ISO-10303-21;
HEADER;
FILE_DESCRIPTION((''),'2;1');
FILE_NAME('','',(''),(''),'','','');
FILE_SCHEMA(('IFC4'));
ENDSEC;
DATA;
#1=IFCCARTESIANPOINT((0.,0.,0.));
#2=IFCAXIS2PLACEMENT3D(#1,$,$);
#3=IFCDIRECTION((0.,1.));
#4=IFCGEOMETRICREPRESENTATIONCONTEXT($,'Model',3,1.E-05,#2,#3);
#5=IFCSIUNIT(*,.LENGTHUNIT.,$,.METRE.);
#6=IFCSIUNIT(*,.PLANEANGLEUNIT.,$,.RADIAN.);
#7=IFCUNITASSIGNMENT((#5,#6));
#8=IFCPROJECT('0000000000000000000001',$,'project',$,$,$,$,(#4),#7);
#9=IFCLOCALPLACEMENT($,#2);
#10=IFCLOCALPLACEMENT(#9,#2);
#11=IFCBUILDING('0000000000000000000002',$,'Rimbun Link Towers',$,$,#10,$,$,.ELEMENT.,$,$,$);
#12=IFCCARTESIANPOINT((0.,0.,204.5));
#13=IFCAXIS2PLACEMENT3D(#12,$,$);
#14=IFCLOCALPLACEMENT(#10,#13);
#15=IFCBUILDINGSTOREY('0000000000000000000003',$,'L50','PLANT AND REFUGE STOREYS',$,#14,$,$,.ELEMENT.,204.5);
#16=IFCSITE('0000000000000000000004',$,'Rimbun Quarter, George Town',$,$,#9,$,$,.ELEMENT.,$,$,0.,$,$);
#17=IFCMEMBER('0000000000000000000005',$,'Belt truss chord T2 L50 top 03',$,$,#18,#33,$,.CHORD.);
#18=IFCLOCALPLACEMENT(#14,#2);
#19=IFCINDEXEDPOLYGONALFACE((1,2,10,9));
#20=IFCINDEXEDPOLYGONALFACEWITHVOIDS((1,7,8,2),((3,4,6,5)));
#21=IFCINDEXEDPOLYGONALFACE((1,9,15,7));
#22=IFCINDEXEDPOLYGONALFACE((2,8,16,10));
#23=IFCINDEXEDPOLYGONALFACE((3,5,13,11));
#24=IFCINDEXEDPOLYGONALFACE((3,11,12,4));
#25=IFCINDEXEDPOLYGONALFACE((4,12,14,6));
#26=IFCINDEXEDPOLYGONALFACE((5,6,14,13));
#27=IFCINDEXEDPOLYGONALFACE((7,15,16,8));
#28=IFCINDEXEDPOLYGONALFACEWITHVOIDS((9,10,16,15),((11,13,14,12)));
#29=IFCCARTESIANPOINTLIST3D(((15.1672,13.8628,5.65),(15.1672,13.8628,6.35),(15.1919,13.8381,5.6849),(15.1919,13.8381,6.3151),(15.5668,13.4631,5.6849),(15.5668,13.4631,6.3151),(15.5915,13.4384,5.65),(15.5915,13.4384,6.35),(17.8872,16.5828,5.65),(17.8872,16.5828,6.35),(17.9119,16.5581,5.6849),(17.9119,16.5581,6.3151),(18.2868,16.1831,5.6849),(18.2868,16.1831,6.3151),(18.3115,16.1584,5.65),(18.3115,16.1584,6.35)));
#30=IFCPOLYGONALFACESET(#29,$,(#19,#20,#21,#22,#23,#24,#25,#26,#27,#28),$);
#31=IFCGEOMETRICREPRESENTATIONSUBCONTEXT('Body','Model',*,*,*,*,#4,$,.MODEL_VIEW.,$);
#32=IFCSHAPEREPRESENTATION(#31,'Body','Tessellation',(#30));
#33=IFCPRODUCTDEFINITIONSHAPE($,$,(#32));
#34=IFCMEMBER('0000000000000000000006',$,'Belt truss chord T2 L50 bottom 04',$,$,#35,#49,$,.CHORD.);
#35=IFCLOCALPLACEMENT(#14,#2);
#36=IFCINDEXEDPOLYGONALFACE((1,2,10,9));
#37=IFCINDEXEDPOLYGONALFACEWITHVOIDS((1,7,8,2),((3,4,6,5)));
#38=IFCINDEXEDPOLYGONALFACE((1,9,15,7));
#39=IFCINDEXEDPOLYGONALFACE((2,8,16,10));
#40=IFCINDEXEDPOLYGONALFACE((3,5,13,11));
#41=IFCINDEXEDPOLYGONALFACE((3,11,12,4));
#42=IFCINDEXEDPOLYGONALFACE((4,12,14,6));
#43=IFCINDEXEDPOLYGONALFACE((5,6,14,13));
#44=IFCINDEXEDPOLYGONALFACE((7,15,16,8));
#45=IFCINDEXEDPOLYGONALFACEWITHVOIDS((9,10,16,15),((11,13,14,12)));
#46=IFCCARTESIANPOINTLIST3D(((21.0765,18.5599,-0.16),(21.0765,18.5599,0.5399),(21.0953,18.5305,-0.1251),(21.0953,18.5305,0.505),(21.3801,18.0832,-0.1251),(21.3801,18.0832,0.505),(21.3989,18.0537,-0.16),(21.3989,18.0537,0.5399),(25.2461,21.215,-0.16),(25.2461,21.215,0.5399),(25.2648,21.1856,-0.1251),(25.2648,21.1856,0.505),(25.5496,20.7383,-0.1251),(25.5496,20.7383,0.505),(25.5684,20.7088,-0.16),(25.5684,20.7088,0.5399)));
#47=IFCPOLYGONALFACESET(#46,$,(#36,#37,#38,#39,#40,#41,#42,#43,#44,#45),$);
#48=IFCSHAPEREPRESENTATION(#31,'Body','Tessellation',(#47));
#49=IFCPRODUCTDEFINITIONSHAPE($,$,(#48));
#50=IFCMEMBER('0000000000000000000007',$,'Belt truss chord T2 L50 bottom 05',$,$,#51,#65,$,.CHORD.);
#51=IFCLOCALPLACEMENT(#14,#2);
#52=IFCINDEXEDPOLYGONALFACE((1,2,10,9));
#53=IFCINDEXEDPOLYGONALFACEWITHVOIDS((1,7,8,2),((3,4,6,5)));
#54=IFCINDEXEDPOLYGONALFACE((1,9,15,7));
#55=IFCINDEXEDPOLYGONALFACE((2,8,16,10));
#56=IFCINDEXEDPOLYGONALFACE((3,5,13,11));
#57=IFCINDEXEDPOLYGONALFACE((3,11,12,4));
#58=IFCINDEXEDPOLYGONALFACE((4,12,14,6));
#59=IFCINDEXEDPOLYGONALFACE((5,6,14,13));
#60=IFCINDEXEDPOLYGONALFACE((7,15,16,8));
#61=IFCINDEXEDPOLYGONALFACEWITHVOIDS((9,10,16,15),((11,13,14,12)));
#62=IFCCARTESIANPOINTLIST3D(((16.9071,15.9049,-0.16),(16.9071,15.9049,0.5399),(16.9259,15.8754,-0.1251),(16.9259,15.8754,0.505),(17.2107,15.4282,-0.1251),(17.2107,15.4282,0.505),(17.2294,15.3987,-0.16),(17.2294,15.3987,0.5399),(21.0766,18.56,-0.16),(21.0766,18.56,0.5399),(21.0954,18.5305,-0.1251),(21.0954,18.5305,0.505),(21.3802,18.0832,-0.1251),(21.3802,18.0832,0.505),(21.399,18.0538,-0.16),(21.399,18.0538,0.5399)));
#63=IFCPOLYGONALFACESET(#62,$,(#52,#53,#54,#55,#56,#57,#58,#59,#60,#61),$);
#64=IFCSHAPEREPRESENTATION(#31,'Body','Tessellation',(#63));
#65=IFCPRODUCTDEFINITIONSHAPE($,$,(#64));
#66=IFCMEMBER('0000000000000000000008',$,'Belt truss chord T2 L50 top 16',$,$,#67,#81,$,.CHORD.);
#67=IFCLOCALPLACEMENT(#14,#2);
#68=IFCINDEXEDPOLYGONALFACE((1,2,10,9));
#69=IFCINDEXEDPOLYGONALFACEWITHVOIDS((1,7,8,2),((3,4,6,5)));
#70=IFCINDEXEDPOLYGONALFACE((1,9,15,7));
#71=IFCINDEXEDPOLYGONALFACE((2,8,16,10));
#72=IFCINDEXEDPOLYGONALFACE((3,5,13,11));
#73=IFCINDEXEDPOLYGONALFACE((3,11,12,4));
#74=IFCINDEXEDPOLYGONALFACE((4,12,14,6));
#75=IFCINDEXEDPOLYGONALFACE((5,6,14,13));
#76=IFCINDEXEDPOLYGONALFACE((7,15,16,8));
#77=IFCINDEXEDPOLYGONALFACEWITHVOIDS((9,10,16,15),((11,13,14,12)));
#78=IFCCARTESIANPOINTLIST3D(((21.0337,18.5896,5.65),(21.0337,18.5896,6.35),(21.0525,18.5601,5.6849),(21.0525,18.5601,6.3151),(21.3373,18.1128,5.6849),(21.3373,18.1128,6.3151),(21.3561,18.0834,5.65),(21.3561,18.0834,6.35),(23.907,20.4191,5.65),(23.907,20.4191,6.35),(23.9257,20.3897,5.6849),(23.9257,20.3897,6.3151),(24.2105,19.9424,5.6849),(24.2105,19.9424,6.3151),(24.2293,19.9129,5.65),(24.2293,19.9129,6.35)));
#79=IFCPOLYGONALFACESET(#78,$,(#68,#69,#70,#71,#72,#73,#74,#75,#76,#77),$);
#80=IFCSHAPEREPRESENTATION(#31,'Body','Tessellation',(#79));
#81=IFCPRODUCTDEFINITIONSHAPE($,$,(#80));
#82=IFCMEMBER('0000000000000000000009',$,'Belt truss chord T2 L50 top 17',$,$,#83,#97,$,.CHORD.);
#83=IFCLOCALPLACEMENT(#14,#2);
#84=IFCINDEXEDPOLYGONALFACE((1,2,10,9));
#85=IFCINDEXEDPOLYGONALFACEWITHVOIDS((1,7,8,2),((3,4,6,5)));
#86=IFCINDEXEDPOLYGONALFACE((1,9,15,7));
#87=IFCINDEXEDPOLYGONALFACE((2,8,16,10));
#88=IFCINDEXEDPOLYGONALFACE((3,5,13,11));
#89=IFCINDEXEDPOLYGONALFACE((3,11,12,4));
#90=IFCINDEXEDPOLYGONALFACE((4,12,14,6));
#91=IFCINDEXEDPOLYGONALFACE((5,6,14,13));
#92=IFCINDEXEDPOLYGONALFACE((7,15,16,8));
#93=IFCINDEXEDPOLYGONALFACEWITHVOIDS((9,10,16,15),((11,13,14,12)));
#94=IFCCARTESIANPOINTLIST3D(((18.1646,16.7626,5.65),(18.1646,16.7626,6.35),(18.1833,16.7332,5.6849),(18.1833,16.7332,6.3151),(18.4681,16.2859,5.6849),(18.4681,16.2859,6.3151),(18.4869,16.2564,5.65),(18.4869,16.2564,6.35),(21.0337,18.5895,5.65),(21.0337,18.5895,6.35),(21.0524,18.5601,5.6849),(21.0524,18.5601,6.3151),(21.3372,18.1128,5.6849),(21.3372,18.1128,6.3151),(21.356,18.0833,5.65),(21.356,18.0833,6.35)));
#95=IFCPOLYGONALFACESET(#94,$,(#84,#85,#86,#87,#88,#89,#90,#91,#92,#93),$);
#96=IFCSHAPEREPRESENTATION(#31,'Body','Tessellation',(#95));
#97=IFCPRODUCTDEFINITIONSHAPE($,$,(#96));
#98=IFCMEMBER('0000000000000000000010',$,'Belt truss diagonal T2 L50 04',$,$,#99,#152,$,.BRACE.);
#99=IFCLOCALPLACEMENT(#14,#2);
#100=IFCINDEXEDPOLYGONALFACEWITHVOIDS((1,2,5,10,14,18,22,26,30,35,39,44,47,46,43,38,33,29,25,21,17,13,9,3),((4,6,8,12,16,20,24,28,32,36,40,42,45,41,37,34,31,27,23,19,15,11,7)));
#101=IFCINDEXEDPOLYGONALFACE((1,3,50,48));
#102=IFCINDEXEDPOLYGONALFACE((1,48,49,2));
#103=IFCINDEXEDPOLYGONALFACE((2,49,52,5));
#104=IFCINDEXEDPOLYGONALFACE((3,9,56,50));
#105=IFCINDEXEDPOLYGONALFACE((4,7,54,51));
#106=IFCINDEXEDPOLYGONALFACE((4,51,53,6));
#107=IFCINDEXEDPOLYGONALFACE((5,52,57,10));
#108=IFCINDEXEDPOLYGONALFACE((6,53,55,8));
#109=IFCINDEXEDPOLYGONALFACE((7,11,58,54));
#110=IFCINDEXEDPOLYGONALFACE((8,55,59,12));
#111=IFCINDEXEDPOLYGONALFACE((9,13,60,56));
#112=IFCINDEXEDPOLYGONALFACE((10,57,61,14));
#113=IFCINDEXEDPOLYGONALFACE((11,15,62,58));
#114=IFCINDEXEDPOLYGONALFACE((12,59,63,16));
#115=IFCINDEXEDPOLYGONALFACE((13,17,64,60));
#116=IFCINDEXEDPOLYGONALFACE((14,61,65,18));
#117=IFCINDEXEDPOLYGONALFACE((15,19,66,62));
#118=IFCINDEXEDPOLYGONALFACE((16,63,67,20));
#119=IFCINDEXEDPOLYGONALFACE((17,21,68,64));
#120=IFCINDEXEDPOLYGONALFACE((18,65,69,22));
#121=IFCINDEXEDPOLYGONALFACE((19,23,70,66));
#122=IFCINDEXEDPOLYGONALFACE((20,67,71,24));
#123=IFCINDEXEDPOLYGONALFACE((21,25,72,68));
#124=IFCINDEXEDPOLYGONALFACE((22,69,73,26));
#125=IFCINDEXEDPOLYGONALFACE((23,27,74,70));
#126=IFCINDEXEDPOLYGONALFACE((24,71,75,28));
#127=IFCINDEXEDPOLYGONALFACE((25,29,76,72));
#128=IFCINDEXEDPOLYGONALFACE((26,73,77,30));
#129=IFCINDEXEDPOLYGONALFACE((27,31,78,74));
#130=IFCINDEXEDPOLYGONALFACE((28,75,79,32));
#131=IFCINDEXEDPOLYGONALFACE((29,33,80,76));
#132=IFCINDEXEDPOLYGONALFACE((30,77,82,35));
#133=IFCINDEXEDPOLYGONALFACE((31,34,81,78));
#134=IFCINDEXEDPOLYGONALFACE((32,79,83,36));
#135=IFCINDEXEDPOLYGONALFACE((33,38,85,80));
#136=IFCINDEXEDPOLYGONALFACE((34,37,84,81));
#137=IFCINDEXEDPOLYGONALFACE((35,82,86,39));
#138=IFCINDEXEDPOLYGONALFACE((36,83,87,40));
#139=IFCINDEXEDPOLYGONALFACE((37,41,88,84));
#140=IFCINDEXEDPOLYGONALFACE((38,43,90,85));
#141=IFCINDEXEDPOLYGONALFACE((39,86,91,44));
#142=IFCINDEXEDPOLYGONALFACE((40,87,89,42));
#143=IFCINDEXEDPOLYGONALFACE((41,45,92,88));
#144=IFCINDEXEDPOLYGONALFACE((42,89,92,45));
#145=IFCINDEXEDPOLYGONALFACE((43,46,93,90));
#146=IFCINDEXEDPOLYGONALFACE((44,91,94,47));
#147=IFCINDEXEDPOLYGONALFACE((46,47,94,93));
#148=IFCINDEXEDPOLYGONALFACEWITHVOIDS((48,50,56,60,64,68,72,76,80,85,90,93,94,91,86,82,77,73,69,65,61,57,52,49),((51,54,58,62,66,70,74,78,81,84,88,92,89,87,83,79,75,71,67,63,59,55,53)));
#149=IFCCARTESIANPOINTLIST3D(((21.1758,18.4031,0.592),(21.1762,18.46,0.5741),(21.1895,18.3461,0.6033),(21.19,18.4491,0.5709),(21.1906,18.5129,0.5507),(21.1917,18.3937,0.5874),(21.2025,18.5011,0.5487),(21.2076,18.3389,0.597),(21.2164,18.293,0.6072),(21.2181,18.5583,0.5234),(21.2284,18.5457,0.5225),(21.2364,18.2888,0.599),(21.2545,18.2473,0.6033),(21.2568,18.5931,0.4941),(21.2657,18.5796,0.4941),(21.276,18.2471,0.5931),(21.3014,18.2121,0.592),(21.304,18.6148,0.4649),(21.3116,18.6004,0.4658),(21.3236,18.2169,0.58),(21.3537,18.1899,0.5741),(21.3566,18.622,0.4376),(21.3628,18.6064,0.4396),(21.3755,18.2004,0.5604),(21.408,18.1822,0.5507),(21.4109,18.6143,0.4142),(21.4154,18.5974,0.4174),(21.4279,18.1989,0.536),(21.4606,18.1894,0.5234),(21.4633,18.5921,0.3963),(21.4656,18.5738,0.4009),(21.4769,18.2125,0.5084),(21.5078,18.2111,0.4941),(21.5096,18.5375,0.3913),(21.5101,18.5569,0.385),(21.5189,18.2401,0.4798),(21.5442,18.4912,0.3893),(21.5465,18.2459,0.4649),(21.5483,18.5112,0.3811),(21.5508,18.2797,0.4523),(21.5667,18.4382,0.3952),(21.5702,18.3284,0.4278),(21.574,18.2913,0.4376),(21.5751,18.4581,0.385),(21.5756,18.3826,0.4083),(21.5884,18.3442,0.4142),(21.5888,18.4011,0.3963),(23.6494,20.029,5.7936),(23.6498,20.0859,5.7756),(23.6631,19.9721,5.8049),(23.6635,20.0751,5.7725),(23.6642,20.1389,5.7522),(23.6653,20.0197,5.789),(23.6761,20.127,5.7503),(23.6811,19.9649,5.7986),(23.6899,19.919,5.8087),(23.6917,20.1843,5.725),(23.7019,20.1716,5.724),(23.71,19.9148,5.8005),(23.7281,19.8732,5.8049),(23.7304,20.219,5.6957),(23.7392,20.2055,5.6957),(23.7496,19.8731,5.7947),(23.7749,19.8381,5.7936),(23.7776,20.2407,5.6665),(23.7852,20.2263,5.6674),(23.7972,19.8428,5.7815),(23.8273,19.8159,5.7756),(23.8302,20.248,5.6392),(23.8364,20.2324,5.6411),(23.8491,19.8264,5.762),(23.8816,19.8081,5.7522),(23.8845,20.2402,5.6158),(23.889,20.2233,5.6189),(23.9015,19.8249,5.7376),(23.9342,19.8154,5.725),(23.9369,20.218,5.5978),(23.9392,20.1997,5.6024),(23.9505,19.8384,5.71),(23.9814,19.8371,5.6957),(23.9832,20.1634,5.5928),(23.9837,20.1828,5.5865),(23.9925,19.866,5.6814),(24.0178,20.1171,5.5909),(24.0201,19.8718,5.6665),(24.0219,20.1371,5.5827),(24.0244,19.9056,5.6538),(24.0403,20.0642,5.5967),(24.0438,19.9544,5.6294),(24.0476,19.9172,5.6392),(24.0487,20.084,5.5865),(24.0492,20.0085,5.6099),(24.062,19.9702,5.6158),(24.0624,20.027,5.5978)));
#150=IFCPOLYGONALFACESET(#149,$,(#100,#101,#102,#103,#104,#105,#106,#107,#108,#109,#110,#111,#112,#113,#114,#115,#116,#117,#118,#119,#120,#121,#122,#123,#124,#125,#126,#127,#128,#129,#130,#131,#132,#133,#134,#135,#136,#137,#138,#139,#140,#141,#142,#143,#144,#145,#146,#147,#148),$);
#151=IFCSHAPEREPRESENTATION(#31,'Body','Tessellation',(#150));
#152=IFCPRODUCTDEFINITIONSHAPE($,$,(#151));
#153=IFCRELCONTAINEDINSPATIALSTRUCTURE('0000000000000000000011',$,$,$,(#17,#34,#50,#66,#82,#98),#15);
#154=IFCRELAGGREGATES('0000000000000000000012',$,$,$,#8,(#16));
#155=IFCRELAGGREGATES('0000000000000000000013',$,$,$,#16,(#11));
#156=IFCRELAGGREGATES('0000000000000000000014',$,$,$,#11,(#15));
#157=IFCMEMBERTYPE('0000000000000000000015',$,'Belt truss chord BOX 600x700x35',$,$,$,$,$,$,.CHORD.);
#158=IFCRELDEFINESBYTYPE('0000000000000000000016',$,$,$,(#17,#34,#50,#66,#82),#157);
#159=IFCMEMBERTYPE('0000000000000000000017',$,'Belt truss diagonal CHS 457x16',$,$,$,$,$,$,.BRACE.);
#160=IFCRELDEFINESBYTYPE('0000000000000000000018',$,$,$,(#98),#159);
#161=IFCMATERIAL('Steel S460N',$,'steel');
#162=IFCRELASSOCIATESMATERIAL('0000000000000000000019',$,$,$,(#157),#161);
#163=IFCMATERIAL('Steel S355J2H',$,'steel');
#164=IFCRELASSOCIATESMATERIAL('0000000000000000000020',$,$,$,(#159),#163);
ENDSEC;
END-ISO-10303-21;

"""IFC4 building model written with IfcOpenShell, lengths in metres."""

from ifc_helpers import new_model, si_unit, direction, frame, origin, origin_2d, place, context, subcontext, project, spatial, hollow_rectangle, hollow_circle, extrude, material, material_profile, profile_set, type_object, element, save


model = new_model("IFC4")

# Units and contexts
model_context = context("Model", 3, precision=1e-05, world=origin(), true_north=direction((0.0, 1.0)))
body_context = subcontext(model_context, "Body", "Model", "MODEL_VIEW")
ifc_project = project(units=[si_unit("LENGTHUNIT", "METRE"), si_unit("PLANEANGLEUNIT", "RADIAN")], contexts=[model_context])

# Site, building, storey
site_placement = place(None, origin())
site = spatial("IfcSite", under=ifc_project, at=site_placement, Name="Rimbun Quarter, George Town", CompositionType="ELEMENT", RefElevation=0.0)
building_placement = place(site_placement, origin())
building = spatial("IfcBuilding", under=site, at=building_placement, Name="Rimbun Link Towers", CompositionType="ELEMENT")
storey_placement = place(building_placement, frame((0.0, 0.0, 204.5)))
storey = spatial("IfcBuildingStorey", under=building, at=storey_placement, Name="L50", Description="PLANT AND REFUGE STOREYS", CompositionType="ELEMENT", Elevation=204.5)

# Members
ifc_material_1 = material(Name="Steel S460N", Category="steel")
ifc_material_profile_1 = material_profile(ifc_material_1, hollow_rectangle(XDim=0.6001, YDim=0.7, WallThickness=0.0349, at=origin_2d()), Name="Belt truss chord BOX 600x700x35")
ifc_profile_set_1 = profile_set([ifc_material_profile_1], Name="Steel S460N")
member_type_1 = type_object("IfcMemberType", Name="Belt truss chord BOX 600x700x35", PredefinedType="CHORD", material=ifc_profile_set_1)
member_1_placement = place(storey_placement, frame((18.0994, 16.3706, 6.0), z_axis=(-0.707107, -0.707107, 0.0), x_axis=(0.707107, -0.707107, 0.0)))
element("IfcMember", 1, at=member_1_placement, inside=storey, type_object=member_type_1, Name="Belt truss chord T2 L50 top 03", PredefinedType="CHORD", context=body_context, shape_type="SweptSolid", body=[
    extrude(hollow_rectangle(XDim=0.6001, YDim=0.7, WallThickness=0.0349, at=origin_2d()), origin(), (0.0, 0.0, 1.0), 3.8467),
])
for number, where, z_axis, x_axis, name in (
    (2, (25.4072, 20.9619, 0.1899), (-0.843501, -0.537128, 0.0), (0.537128, -0.843501, 0.0), "Belt truss chord T2 L50 bottom 04"),
    (3, (21.2378, 18.3069, 0.1899), (-0.843501, -0.537128, 0.0), (0.537128, -0.843501, 0.0), "Belt truss chord T2 L50 bottom 05"),
):
    element("IfcMember", number, at=place(storey_placement, frame(where, z_axis=z_axis, x_axis=x_axis)), inside=storey, type_object=member_type_1, Name=name, PredefinedType="CHORD", context=body_context, shape_type="SweptSolid", body=[
        extrude(hollow_rectangle(XDim=0.6001, YDim=0.7, WallThickness=0.0349, at=origin_2d()), origin(), (0.0, 0.0, 1.0), 4.9431),
    ])
member_2_placement = place(storey_placement, frame((24.0681, 20.166, 6.0), z_axis=(-0.843511, -0.537112, 0.0), x_axis=(0.537112, -0.843511, 0.0)))
element("IfcMember", 4, at=member_2_placement, inside=storey, type_object=member_type_1, Name="Belt truss chord T2 L50 top 16", PredefinedType="CHORD", context=body_context, shape_type="SweptSolid", body=[
    extrude(hollow_rectangle(XDim=0.6001, YDim=0.7, WallThickness=0.0349, at=origin_2d()), origin(), (0.0, 0.0, 1.0), 3.4062),
])
member_3_placement = place(storey_placement, frame((21.1948, 18.3364, 6.0), z_axis=(-0.843517, -0.537103, 0.0), x_axis=(0.537103, -0.843517, 0.0)))
element("IfcMember", 5, at=member_3_placement, inside=storey, type_object=member_type_1, Name="Belt truss chord T2 L50 top 17", PredefinedType="CHORD", context=body_context, shape_type="SweptSolid", body=[
    extrude(hollow_rectangle(XDim=0.6001, YDim=0.7, WallThickness=0.0349, at=origin_2d()), origin(), (0.0, 0.0, 1.0), 3.4014),
])
ifc_material_2 = material(Name="Steel S355J2H", Category="steel")
ifc_material_profile_2 = material_profile(ifc_material_2, hollow_circle(Radius=0.2285, WallThickness=0.0161, at=origin_2d()), Name="Belt truss diagonal CHS 457x16")
ifc_profile_set_2 = profile_set([ifc_material_profile_2], Name="Steel S355J2H")
member_type_2 = type_object("IfcMemberType", Name="Belt truss diagonal CHS 457x16", PredefinedType="BRACE", material=ifc_profile_set_2)
member_4_placement = place(storey_placement, frame((21.3823, 18.4021, 0.4941), z_axis=(0.413307, 0.271676, 0.86912), x_axis=(-0.549283, 0.835636, 0.0)))
element("IfcMember", 6, at=member_4_placement, inside=storey, type_object=member_type_2, Name="Belt truss diagonal T2 L50 04", PredefinedType="BRACE", context=body_context, shape_type="SweptSolid", body=[
    extrude(hollow_circle(Radius=0.2285, WallThickness=0.0161, at=origin_2d()), origin(), (0.0, 0.0, 1.0), 5.9849),
])

save(model, "model.ifc")
